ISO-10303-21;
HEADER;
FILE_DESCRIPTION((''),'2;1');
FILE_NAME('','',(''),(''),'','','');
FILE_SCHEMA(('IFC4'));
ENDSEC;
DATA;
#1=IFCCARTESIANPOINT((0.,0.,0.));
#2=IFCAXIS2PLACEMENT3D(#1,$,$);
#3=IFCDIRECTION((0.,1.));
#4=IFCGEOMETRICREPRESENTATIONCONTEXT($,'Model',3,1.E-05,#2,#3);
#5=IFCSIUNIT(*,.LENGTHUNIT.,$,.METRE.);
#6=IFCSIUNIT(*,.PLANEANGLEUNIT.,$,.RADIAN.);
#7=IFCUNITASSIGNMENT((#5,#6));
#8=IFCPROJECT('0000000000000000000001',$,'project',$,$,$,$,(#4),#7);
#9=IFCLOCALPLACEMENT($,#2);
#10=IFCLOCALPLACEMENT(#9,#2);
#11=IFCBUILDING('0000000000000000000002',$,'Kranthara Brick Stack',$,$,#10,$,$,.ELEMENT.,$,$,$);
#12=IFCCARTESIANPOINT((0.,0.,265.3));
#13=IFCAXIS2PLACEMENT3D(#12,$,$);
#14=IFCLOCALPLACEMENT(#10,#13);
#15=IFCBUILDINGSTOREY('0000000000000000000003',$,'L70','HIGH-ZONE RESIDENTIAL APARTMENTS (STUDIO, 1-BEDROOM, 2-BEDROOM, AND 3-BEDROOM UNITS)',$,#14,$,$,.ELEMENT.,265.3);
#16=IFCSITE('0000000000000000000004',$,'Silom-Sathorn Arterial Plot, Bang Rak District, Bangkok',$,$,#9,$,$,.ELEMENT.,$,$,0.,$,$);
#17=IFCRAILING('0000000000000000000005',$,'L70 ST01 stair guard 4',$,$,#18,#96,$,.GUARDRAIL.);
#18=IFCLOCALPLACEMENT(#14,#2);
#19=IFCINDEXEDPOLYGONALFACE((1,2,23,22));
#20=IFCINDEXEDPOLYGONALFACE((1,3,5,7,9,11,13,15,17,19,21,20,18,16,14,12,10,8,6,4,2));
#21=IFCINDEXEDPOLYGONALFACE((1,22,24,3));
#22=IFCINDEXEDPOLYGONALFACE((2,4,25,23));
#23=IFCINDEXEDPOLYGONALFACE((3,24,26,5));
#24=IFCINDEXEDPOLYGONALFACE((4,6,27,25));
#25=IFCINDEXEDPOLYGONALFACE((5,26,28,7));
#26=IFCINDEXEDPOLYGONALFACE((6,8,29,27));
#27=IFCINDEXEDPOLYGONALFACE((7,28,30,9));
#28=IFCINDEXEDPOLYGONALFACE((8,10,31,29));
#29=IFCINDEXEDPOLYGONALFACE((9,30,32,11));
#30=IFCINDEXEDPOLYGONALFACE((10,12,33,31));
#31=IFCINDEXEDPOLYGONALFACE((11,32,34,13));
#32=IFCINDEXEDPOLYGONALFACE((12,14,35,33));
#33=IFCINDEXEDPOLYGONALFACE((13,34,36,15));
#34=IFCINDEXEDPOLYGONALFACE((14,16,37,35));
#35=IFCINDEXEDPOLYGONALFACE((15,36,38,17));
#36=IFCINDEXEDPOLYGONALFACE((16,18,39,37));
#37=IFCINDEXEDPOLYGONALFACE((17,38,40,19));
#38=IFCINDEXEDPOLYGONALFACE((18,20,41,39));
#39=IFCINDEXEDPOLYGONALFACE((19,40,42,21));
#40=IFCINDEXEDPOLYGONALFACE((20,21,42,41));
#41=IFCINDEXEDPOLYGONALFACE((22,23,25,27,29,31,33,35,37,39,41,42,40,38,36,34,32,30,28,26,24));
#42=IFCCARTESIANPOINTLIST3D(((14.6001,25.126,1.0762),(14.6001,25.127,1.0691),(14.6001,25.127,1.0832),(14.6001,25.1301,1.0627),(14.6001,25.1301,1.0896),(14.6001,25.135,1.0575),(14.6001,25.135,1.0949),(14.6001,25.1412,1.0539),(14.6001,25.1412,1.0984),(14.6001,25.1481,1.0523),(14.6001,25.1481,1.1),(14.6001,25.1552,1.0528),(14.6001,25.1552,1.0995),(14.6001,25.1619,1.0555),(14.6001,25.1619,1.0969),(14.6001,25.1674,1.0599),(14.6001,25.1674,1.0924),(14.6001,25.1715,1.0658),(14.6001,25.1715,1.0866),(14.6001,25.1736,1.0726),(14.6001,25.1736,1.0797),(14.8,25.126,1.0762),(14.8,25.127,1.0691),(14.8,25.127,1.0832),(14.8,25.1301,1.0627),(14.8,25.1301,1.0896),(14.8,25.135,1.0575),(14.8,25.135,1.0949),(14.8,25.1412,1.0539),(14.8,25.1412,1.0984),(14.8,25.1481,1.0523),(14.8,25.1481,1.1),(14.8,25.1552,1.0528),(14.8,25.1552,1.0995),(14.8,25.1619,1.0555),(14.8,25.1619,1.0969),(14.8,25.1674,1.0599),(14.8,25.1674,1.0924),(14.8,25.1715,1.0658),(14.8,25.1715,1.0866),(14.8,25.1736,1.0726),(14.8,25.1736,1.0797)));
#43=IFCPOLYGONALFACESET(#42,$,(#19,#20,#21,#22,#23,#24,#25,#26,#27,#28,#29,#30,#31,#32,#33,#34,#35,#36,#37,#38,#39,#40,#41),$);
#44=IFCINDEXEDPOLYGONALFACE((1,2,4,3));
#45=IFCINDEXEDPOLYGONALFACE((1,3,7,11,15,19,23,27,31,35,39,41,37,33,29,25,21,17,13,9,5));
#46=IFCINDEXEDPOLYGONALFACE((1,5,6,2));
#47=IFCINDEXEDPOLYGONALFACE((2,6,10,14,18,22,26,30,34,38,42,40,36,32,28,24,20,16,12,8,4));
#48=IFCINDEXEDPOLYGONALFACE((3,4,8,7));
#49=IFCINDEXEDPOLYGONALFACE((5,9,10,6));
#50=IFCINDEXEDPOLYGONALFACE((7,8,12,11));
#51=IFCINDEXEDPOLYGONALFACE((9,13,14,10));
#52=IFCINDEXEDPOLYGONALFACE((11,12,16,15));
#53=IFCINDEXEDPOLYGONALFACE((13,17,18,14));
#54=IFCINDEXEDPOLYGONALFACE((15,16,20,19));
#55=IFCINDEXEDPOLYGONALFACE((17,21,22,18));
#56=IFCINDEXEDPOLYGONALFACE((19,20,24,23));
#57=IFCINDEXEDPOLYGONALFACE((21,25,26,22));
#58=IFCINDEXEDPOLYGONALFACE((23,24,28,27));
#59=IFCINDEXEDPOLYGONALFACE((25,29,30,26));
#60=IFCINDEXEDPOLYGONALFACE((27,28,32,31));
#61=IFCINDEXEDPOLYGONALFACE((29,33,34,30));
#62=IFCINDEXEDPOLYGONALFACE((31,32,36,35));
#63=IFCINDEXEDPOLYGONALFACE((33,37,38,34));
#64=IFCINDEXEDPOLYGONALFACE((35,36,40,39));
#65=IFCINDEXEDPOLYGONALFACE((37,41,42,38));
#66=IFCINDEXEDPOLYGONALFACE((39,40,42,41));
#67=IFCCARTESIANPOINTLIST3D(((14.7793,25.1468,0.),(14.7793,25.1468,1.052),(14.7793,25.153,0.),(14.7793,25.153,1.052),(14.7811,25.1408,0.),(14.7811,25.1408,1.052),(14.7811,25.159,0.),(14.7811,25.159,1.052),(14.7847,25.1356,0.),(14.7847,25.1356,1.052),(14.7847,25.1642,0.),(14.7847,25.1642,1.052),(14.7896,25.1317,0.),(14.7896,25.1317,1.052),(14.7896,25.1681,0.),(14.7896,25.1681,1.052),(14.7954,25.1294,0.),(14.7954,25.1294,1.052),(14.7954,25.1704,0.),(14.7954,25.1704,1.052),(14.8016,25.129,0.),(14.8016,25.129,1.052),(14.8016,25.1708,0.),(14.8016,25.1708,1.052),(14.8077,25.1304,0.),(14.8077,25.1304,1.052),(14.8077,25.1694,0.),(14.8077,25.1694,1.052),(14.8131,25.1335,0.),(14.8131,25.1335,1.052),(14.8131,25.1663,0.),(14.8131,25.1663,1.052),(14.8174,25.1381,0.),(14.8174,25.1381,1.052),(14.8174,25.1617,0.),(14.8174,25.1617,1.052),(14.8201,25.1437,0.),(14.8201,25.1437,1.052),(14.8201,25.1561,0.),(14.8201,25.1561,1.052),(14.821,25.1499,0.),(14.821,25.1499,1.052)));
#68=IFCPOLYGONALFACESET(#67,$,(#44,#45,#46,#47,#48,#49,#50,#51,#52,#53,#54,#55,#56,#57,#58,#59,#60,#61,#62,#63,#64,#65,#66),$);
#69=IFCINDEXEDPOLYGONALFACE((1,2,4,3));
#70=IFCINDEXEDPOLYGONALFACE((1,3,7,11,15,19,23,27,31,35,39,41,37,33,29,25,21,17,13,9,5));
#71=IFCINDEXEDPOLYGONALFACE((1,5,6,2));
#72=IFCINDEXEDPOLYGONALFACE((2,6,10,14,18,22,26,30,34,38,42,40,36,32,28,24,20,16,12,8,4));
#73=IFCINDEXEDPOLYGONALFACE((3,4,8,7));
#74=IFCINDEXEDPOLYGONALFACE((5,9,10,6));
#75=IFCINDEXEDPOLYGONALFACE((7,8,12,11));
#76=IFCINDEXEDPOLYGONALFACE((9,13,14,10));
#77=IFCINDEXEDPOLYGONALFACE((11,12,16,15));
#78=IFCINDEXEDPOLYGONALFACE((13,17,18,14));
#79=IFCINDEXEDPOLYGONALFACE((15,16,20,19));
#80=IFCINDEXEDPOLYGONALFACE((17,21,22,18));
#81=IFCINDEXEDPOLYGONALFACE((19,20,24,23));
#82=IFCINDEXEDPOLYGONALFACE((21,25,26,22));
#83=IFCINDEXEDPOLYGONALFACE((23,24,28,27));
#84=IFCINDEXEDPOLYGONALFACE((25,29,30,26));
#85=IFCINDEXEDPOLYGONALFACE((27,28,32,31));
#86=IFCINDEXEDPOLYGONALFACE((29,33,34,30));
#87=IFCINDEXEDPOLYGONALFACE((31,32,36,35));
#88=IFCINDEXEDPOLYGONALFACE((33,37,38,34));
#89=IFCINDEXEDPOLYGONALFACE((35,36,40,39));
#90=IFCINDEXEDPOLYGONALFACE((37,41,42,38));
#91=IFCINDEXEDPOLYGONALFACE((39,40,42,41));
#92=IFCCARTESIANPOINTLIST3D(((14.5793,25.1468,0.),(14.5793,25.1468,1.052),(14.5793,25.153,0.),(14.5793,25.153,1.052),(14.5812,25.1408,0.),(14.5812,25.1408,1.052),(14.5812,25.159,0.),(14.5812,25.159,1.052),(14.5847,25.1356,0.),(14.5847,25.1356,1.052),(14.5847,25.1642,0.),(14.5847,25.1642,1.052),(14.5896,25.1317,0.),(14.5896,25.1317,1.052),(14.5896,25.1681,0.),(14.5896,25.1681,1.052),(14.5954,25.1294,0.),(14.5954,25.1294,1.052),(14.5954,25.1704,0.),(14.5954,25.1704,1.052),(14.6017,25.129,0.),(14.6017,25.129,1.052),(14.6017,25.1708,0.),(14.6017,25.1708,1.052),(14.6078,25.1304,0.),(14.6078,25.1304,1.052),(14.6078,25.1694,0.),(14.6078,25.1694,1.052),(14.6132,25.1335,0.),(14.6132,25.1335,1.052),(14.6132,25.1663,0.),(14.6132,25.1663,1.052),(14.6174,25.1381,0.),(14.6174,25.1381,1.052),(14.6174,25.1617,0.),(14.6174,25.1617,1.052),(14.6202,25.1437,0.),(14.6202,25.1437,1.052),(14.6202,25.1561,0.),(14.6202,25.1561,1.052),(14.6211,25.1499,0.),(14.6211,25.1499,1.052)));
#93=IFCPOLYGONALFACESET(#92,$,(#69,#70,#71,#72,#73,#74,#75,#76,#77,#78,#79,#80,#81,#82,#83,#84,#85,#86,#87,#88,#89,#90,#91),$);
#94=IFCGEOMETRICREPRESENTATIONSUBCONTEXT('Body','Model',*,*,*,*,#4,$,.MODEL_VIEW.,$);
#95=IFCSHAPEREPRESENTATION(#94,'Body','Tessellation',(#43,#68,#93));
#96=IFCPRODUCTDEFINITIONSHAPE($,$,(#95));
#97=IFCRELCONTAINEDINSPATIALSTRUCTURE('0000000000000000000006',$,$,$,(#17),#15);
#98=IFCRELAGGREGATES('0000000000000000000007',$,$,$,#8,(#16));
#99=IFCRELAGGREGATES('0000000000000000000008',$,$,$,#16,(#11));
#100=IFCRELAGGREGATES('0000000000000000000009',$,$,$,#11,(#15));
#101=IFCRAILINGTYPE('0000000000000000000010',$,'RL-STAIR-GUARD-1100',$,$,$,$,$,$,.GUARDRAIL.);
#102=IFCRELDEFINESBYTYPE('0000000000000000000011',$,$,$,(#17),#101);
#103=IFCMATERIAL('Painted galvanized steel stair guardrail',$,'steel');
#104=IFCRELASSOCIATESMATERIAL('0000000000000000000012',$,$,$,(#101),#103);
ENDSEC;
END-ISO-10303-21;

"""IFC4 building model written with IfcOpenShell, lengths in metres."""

from ifc_helpers import new_model, si_unit, direction, frame, origin, origin_2d, place, context, subcontext, project, spatial, circle, extrude, material, type_object, element, save


model = new_model("IFC4")

# Units and contexts
model_context = context("Model", 3, precision=1e-05, world=origin(), true_north=direction((0.0, 1.0)))
body_context = subcontext(model_context, "Body", "Model", "MODEL_VIEW")
ifc_project = project(units=[si_unit("LENGTHUNIT", "METRE"), si_unit("PLANEANGLEUNIT", "RADIAN")], contexts=[model_context])

# Site, building, storey
site_placement = place(None, origin())
site = spatial("IfcSite", under=ifc_project, at=site_placement, Name="Silom-Sathorn Arterial Plot, Bang Rak District, Bangkok", CompositionType="ELEMENT", RefElevation=0.0)
building_placement = place(site_placement, origin())
building = spatial("IfcBuilding", under=site, at=building_placement, Name="Kranthara Brick Stack", CompositionType="ELEMENT")
storey_placement = place(building_placement, frame((0.0, 0.0, 265.3)))
storey = spatial("IfcBuildingStorey", under=building, at=storey_placement, Name="L70", Description="HIGH-ZONE RESIDENTIAL APARTMENTS (STUDIO, 1-BEDROOM, 2-BEDROOM, AND 3-BEDROOM UNITS)", CompositionType="ELEMENT", Elevation=265.3)

# Railing
ifc_material_1 = material(Name="Painted galvanized steel stair guardrail", Category="steel")
railing_type = type_object("IfcRailingType", Name="RL-STAIR-GUARD-1100", PredefinedType="GUARDRAIL", material=ifc_material_1)
railing_1_placement = place(storey_placement, frame((14.8, 25.1499, 0.0)))
element("IfcRailing", 1, at=railing_1_placement, inside=storey, type_object=railing_type, Name="L70 ST01 stair guard 4", PredefinedType="GUARDRAIL", context=body_context, shape_type="SweptSolid", body=[
    extrude(circle(Radius=0.0239, at=origin_2d()), frame((0.0, 0.0, 1.0762), z_axis=(-1.0, 0.0, 0.0), x_axis=(0.0, -1.0, 0.0)), (0.0, 0.0, 1.0), 0.2),
    extrude(circle(Radius=0.021, at=origin_2d()), origin(), (0.0, 0.0, 1.0), 1.052),
    extrude(circle(Radius=0.021, at=origin_2d()), frame((-0.2, 0.0, 0.0)), (0.0, 0.0, 1.0), 1.052),
])

save(model, "model.ifc")
